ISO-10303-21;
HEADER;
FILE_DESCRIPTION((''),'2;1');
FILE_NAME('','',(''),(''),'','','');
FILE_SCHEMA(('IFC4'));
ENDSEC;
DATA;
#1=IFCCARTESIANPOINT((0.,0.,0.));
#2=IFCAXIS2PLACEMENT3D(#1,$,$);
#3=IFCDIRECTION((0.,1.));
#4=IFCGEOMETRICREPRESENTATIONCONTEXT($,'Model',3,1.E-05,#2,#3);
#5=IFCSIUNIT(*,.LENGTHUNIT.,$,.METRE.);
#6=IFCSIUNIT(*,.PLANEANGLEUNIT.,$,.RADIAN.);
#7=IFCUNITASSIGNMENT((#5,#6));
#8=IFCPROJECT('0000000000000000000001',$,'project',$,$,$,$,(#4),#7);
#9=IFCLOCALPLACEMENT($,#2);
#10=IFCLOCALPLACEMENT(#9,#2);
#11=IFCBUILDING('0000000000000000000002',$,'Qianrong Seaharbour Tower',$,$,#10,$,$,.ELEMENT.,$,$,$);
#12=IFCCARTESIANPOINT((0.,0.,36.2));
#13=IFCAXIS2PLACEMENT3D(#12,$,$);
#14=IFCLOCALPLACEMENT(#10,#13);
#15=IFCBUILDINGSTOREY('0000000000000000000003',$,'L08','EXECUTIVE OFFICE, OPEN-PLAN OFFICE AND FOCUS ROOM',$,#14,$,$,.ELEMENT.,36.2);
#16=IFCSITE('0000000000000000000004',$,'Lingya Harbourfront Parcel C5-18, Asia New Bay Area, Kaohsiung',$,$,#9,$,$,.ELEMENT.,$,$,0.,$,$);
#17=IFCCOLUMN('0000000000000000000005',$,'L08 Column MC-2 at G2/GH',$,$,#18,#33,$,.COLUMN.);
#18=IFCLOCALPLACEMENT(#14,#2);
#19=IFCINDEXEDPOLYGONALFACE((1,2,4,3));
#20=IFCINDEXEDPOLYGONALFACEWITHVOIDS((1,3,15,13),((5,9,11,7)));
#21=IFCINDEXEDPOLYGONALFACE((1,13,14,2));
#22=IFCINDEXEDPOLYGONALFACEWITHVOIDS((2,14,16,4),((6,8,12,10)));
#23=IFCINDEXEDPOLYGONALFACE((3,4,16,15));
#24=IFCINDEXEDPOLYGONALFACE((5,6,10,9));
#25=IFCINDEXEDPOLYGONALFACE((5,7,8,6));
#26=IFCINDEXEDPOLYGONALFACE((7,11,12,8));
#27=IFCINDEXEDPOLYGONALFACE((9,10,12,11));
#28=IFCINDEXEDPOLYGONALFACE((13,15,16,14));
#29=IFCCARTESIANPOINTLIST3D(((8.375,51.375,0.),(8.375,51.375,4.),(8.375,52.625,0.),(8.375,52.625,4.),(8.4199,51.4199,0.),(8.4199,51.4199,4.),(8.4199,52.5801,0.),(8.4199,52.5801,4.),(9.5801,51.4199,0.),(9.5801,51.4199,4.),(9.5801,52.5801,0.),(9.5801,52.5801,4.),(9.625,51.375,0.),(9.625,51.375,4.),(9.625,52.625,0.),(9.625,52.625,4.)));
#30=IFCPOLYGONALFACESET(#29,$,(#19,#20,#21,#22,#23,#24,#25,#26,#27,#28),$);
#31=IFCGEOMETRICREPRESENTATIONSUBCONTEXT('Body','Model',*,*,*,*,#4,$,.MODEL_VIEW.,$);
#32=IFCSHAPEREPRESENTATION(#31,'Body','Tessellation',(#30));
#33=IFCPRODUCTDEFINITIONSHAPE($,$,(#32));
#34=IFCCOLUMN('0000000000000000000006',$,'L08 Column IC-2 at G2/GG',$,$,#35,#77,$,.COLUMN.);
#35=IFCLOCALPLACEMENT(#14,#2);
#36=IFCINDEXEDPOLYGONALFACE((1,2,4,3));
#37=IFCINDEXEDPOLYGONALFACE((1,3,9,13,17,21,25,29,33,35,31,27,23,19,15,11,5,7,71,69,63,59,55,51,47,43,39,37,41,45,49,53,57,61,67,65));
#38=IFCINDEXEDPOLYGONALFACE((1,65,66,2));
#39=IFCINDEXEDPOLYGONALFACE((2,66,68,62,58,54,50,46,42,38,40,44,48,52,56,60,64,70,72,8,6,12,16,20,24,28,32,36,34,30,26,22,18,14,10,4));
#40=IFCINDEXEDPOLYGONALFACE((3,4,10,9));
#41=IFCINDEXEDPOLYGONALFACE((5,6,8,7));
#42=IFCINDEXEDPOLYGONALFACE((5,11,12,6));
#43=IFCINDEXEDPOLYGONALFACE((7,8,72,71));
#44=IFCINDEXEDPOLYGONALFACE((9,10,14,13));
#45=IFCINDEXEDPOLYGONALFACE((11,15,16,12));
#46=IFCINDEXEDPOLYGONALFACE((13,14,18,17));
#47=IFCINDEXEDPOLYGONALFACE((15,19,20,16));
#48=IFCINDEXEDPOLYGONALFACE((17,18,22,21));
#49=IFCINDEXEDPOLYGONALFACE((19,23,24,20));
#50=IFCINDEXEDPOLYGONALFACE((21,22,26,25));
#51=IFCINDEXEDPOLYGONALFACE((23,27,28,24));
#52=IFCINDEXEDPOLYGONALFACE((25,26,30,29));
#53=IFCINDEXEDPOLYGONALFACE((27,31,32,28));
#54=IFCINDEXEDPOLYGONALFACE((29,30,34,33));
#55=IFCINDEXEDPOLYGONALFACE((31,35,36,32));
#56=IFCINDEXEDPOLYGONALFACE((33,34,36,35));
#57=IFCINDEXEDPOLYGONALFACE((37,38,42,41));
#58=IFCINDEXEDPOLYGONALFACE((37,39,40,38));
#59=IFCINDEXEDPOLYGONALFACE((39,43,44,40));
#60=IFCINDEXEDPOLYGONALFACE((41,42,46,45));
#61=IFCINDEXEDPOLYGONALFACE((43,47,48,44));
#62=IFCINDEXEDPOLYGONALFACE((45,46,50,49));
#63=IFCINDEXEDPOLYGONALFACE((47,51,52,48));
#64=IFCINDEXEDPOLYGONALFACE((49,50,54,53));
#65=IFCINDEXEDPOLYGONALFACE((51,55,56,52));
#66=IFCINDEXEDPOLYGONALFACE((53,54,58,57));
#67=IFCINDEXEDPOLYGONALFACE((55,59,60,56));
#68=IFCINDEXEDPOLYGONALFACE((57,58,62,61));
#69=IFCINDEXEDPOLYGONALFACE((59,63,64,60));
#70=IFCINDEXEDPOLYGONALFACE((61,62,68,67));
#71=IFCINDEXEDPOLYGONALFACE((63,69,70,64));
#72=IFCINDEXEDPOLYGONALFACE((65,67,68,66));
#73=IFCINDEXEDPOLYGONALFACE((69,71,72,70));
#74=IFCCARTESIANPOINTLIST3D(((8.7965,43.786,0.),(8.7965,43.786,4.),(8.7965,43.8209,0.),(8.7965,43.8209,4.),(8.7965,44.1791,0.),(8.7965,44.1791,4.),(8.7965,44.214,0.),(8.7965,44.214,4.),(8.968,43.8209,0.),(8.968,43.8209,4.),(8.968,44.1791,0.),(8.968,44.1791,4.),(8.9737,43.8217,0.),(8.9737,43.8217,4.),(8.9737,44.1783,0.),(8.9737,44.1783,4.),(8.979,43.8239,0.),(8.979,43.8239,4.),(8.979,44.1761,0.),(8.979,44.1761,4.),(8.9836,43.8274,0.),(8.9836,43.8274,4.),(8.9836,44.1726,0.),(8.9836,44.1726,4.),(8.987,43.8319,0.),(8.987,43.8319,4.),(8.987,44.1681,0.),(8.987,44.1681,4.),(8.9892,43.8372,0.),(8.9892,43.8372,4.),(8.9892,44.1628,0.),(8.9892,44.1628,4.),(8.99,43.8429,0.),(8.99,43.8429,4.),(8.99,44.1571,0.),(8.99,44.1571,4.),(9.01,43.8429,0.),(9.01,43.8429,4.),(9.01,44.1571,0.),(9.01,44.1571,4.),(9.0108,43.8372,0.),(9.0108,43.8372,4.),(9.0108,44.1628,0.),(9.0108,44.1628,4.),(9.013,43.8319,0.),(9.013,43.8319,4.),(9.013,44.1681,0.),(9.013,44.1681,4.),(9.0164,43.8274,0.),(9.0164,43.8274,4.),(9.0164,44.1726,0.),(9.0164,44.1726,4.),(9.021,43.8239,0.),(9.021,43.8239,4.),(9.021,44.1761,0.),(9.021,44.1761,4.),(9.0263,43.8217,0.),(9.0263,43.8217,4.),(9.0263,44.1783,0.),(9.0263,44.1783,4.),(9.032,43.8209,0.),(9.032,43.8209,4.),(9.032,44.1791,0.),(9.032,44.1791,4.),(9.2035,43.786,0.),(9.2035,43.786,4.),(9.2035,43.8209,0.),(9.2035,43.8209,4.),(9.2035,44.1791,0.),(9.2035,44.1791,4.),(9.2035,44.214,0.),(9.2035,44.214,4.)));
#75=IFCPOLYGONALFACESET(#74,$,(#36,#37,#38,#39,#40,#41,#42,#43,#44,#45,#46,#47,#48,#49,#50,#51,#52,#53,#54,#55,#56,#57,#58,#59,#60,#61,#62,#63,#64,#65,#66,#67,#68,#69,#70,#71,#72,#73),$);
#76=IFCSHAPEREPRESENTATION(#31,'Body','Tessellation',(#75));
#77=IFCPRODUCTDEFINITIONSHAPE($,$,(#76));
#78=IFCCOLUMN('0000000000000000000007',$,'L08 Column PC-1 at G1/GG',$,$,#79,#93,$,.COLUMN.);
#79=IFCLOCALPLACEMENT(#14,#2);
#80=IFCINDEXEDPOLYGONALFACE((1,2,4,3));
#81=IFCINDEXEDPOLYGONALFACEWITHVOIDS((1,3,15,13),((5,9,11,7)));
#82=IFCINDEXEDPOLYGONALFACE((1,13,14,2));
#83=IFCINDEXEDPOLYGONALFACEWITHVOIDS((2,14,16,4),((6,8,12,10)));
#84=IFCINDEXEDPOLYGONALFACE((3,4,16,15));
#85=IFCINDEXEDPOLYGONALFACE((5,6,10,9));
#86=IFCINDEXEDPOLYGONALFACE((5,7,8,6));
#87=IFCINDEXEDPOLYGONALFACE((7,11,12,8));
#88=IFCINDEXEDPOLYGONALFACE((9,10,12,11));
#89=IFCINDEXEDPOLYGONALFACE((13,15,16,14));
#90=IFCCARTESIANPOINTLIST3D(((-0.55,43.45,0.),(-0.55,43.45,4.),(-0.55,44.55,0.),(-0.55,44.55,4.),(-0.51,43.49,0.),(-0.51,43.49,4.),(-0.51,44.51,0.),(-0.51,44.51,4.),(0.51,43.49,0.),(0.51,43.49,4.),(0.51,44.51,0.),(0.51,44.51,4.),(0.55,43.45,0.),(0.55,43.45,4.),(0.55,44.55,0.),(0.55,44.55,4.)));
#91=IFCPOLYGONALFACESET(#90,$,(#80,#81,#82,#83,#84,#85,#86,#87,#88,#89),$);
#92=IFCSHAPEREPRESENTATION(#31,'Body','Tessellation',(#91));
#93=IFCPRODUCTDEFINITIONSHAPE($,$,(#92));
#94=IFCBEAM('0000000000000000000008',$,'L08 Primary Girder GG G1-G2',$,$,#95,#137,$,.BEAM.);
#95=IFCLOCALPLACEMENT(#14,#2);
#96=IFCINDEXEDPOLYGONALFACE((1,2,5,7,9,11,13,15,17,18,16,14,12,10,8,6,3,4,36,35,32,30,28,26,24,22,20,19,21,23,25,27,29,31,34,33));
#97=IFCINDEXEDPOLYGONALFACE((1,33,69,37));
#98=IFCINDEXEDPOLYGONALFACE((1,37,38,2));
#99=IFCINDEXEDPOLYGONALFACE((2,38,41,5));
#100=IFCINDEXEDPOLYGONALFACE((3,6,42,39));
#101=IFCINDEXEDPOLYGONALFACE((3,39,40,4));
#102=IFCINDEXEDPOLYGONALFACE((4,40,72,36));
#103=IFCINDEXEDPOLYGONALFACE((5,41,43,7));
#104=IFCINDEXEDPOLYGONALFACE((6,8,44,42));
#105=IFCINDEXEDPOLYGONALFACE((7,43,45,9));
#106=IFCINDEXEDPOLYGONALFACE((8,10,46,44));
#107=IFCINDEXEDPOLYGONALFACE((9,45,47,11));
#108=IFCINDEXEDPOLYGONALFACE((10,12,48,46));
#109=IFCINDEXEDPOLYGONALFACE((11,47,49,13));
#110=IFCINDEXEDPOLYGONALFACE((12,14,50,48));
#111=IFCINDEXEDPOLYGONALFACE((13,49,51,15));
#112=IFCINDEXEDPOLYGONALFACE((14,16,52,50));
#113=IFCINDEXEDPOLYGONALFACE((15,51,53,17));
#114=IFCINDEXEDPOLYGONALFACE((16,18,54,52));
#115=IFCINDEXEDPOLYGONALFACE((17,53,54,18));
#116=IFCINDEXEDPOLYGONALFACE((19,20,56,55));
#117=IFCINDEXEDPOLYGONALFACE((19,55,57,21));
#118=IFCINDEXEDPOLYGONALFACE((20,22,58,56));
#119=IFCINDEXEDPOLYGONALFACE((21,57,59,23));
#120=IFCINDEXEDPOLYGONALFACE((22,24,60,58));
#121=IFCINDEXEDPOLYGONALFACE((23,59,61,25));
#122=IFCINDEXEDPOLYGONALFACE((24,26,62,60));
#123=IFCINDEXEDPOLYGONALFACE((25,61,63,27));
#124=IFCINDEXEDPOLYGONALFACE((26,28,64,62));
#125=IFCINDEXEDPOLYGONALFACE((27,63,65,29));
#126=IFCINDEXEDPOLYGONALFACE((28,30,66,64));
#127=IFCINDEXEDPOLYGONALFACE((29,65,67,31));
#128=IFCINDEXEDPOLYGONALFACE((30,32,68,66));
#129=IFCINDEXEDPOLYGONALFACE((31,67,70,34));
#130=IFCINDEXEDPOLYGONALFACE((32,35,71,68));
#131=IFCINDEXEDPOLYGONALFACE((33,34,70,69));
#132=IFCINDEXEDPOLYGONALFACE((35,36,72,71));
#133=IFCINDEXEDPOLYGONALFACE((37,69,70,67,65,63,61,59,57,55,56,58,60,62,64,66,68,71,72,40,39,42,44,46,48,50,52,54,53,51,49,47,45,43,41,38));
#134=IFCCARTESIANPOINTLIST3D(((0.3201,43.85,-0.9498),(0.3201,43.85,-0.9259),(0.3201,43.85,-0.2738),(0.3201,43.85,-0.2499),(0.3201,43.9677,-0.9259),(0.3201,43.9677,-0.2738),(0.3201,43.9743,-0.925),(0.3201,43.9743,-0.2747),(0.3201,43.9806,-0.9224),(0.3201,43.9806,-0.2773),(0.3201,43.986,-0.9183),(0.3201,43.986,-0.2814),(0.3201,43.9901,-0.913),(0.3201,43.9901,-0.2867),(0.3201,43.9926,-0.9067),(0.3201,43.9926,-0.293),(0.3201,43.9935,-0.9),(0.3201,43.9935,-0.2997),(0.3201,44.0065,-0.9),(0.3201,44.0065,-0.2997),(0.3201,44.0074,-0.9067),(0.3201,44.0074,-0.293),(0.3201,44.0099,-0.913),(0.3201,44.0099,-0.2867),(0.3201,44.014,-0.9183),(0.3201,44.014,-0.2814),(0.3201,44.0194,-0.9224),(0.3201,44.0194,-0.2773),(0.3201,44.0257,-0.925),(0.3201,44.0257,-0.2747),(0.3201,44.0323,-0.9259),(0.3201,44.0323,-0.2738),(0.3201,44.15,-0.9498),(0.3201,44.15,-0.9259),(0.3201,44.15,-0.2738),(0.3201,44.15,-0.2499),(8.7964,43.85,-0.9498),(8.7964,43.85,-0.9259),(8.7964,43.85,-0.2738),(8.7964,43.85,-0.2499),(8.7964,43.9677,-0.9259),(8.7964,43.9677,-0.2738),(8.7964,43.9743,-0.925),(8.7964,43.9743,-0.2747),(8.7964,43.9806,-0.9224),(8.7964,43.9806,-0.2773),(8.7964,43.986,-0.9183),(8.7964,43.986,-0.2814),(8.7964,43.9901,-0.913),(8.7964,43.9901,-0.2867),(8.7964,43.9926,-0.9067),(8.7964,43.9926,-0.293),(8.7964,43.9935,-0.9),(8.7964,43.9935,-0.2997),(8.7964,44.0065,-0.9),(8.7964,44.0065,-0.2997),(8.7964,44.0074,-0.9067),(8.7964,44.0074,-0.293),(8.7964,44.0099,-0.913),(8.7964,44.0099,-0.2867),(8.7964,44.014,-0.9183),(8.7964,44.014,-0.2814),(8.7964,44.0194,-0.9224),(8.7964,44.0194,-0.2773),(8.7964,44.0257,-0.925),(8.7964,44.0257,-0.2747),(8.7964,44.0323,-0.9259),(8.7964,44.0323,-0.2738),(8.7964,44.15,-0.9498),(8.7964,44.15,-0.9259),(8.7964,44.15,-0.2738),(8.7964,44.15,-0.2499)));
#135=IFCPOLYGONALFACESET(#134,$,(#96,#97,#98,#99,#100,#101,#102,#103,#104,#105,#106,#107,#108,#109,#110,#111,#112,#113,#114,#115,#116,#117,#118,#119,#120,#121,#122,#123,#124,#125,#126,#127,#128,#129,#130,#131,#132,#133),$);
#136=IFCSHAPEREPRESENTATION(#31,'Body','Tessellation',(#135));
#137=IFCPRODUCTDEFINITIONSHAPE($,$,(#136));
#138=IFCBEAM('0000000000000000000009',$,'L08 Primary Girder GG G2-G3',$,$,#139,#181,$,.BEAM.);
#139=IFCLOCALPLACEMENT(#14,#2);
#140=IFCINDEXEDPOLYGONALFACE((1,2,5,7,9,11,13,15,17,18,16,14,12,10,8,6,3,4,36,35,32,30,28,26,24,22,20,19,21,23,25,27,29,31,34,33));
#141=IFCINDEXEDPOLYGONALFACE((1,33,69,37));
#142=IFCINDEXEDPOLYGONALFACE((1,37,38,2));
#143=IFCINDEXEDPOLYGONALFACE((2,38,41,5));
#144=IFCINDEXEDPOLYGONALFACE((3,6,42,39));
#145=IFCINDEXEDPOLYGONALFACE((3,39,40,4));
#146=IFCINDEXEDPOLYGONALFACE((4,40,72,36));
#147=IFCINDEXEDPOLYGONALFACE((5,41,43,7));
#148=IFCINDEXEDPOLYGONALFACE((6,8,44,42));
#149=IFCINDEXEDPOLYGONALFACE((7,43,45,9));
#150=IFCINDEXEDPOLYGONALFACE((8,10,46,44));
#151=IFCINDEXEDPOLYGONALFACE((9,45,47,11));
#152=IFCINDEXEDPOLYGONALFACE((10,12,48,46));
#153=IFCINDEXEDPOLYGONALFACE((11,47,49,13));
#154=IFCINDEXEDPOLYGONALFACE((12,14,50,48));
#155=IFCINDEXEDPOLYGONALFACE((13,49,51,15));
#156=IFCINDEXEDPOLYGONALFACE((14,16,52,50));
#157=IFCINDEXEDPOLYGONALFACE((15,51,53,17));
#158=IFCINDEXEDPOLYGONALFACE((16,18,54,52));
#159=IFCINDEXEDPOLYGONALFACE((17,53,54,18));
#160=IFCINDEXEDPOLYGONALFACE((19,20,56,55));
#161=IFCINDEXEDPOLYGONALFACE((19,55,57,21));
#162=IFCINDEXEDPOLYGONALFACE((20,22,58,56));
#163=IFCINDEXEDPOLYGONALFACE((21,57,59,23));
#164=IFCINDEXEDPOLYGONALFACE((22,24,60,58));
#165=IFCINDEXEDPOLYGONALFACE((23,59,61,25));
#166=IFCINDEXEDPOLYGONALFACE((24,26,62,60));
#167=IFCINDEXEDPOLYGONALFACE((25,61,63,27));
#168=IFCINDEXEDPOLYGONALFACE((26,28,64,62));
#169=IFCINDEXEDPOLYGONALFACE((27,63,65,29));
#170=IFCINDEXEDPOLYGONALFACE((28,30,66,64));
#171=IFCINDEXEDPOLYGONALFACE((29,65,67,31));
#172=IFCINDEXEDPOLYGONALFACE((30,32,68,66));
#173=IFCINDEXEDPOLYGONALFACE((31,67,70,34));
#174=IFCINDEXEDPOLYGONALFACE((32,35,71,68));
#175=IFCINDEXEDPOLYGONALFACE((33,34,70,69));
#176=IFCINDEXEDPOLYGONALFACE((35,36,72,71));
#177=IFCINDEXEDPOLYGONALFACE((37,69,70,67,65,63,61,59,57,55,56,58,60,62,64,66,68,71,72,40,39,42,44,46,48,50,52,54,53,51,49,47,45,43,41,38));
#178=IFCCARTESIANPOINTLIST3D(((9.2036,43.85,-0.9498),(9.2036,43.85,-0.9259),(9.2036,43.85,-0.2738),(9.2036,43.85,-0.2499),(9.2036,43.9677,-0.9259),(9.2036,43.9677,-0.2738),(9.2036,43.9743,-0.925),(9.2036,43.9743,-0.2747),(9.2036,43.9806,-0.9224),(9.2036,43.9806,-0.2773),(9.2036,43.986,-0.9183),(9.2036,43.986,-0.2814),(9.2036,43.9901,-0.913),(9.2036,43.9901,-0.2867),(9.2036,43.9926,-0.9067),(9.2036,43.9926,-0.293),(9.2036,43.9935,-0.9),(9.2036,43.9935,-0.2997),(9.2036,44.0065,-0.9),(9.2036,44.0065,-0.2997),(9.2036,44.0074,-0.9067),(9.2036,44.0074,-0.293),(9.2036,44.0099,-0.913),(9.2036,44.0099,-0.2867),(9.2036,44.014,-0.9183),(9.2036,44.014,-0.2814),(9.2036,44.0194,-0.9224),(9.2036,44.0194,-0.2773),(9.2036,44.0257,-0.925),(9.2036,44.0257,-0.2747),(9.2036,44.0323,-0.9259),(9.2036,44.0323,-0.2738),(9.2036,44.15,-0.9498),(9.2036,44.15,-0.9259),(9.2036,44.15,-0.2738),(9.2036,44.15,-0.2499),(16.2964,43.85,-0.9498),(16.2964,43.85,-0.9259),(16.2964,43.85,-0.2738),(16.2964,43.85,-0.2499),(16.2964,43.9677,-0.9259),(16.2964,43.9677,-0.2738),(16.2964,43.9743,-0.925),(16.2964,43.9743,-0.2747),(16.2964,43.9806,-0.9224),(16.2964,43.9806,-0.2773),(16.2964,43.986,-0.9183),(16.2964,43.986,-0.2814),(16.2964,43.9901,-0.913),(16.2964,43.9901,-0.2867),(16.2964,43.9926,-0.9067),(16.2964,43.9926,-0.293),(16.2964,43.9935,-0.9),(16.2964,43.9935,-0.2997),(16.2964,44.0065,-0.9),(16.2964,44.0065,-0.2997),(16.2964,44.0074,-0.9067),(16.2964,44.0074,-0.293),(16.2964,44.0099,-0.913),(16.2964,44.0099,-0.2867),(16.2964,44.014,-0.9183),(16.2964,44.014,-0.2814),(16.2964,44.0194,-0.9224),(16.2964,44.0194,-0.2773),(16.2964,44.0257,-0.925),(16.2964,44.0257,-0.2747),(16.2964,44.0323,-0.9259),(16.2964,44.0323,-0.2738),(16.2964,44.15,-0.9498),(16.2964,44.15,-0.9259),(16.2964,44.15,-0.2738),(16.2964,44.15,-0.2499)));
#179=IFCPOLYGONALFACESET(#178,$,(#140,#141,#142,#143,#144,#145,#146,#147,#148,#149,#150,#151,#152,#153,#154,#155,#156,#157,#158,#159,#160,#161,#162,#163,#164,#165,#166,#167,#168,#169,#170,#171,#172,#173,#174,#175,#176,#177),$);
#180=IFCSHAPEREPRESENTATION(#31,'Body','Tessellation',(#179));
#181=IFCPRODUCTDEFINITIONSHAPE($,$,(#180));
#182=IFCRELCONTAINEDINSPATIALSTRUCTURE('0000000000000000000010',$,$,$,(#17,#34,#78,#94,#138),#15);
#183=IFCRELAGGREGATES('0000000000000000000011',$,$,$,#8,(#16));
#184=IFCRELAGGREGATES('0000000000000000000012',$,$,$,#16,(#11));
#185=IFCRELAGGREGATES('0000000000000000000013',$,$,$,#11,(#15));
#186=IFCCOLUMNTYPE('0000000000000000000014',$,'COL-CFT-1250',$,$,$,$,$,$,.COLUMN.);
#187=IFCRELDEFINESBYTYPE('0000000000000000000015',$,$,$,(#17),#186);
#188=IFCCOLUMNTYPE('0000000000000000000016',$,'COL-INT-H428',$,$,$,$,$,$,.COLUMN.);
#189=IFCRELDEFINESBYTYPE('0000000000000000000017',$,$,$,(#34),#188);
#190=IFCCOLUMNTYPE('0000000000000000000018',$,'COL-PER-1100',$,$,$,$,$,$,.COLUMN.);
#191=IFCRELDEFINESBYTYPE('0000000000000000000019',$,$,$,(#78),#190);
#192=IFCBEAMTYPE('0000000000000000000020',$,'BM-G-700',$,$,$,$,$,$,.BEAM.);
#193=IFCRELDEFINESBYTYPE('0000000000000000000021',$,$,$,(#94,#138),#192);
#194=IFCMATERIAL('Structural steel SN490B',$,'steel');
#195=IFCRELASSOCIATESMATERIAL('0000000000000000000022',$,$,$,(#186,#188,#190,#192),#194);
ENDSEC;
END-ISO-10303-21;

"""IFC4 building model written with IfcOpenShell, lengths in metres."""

from ifc_helpers import new_model, si_unit, direction, frame, origin, origin_2d, place, context, subcontext, project, spatial, hollow_rectangle, i_section, extrude, material, material_profile, profile_set, type_object, element, save


model = new_model("IFC4")

# Units and contexts
model_context = context("Model", 3, precision=1e-05, world=origin(), true_north=direction((0.0, 1.0)))
body_context = subcontext(model_context, "Body", "Model", "MODEL_VIEW")
ifc_project = project(units=[si_unit("LENGTHUNIT", "METRE"), si_unit("PLANEANGLEUNIT", "RADIAN")], contexts=[model_context])

# Site, building, storey
site_placement = place(None, origin())
site = spatial("IfcSite", under=ifc_project, at=site_placement, Name="Lingya Harbourfront Parcel C5-18, Asia New Bay Area, Kaohsiung", CompositionType="ELEMENT", RefElevation=0.0)
building_placement = place(site_placement, origin())
building = spatial("IfcBuilding", under=site, at=building_placement, Name="Qianrong Seaharbour Tower", CompositionType="ELEMENT")
storey_placement = place(building_placement, frame((0.0, 0.0, 36.2)))
storey = spatial("IfcBuildingStorey", under=building, at=storey_placement, Name="L08", Description="EXECUTIVE OFFICE, OPEN-PLAN OFFICE AND FOCUS ROOM", CompositionType="ELEMENT", Elevation=36.2)

# Columns
ifc_material_1 = material(Name="Structural steel SN490B", Category="steel")
ifc_material_profile_1 = material_profile(ifc_material_1, hollow_rectangle(XDim=1.25, YDim=1.25, WallThickness=0.0449, at=origin_2d()), Name="BOX1250x1250x45")
ifc_profile_set_1 = profile_set([ifc_material_profile_1], Name="Structural steel SN490B")
column_type_1 = type_object("IfcColumnType", Name="COL-CFT-1250", PredefinedType="COLUMN", material=ifc_profile_set_1)
column_1_placement = place(storey_placement, frame((9.0, 52.0, 0.0), z_axis=(0.0, 0.0, 1.0), x_axis=(1.0, 0.0, 0.0)))
element("IfcColumn", 1, at=column_1_placement, inside=storey, type_object=column_type_1, Name="L08 Column MC-2 at G2/GH", PredefinedType="COLUMN", context=body_context, shape_type="SweptSolid", body=[
    extrude(hollow_rectangle(XDim=1.25, YDim=1.25, WallThickness=0.0449, at=origin_2d()), origin(), (0.0, 0.0, 1.0), 4.0),
])
ifc_material_profile_2 = material_profile(ifc_material_1, i_section(OverallWidth=0.407, OverallDepth=0.428, WebThickness=0.02, FlangeThickness=0.0349, FilletRadius=0.022, at=origin_2d()), Name="H428x407x20x35")
ifc_profile_set_2 = profile_set([ifc_material_profile_2], Name="Structural steel SN490B")
column_type_2 = type_object("IfcColumnType", Name="COL-INT-H428", PredefinedType="COLUMN", material=ifc_profile_set_2)
column_2_placement = place(storey_placement, frame((9.0, 44.0, 0.0), z_axis=(0.0, 0.0, 1.0), x_axis=(1.0, 0.0, 0.0)))
element("IfcColumn", 2, at=column_2_placement, inside=storey, type_object=column_type_2, Name="L08 Column IC-2 at G2/GG", PredefinedType="COLUMN", context=body_context, shape_type="SweptSolid", body=[
    extrude(i_section(OverallWidth=0.407, OverallDepth=0.428, WebThickness=0.02, FlangeThickness=0.0349, FilletRadius=0.022, at=origin_2d()), origin(), (0.0, 0.0, 1.0), 4.0),
])
ifc_material_profile_3 = material_profile(ifc_material_1, hollow_rectangle(XDim=1.1001, YDim=1.1001, WallThickness=0.04, at=origin_2d()), Name="BOX1100x1100x40")
ifc_profile_set_3 = profile_set([ifc_material_profile_3], Name="Structural steel SN490B")
column_type_3 = type_object("IfcColumnType", Name="COL-PER-1100", PredefinedType="COLUMN", material=ifc_profile_set_3)
column_3_placement = place(storey_placement, frame((0.0, 44.0, 0.0), z_axis=(0.0, 0.0, 1.0), x_axis=(1.0, 0.0, 0.0)))
element("IfcColumn", 3, at=column_3_placement, inside=storey, type_object=column_type_3, Name="L08 Column PC-1 at G1/GG", PredefinedType="COLUMN", context=body_context, shape_type="SweptSolid", body=[
    extrude(hollow_rectangle(XDim=1.1001, YDim=1.1001, WallThickness=0.04, at=origin_2d()), origin(), (0.0, 0.0, 1.0), 4.0),
])

# Beams
ifc_material_profile_4 = material_profile(ifc_material_1, i_section(OverallWidth=0.3, OverallDepth=0.7, WebThickness=0.0129, FlangeThickness=0.0239, FilletRadius=0.0259, at=origin_2d()), Name="H700x300x13x24")
ifc_profile_set_4 = profile_set([ifc_material_profile_4], Name="Structural steel SN490B")
beam_type_1 = type_object("IfcBeamType", Name="BM-G-700", PredefinedType="BEAM", material=ifc_profile_set_4)
beam_1_placement = place(storey_placement, frame((0.3201, 44.0, -0.5999), z_axis=(1.0, 0.0, 0.0), x_axis=(0.0, 1.0, 0.0)))
element("IfcBeam", 4, at=beam_1_placement, inside=storey, type_object=beam_type_1, Name="L08 Primary Girder GG G1-G2", PredefinedType="BEAM", context=body_context, shape_type="SweptSolid", body=[
    extrude(i_section(OverallWidth=0.3, OverallDepth=0.7, WebThickness=0.0129, FlangeThickness=0.0239, FilletRadius=0.0259, at=origin_2d()), origin(), (0.0, 0.0, 1.0), 8.4763),
])
beam_2_placement = place(storey_placement, frame((9.2036, 44.0, -0.5999), z_axis=(1.0, 0.0, 0.0), x_axis=(0.0, 1.0, 0.0)))
element("IfcBeam", 5, at=beam_2_placement, inside=storey, type_object=beam_type_1, Name="L08 Primary Girder GG G2-G3", PredefinedType="BEAM", context=body_context, shape_type="SweptSolid", body=[
    extrude(i_section(OverallWidth=0.3, OverallDepth=0.7, WebThickness=0.0129, FlangeThickness=0.0239, FilletRadius=0.0259, at=origin_2d()), origin(), (0.0, 0.0, 1.0), 7.0928),
])

save(model, "model.ifc")
